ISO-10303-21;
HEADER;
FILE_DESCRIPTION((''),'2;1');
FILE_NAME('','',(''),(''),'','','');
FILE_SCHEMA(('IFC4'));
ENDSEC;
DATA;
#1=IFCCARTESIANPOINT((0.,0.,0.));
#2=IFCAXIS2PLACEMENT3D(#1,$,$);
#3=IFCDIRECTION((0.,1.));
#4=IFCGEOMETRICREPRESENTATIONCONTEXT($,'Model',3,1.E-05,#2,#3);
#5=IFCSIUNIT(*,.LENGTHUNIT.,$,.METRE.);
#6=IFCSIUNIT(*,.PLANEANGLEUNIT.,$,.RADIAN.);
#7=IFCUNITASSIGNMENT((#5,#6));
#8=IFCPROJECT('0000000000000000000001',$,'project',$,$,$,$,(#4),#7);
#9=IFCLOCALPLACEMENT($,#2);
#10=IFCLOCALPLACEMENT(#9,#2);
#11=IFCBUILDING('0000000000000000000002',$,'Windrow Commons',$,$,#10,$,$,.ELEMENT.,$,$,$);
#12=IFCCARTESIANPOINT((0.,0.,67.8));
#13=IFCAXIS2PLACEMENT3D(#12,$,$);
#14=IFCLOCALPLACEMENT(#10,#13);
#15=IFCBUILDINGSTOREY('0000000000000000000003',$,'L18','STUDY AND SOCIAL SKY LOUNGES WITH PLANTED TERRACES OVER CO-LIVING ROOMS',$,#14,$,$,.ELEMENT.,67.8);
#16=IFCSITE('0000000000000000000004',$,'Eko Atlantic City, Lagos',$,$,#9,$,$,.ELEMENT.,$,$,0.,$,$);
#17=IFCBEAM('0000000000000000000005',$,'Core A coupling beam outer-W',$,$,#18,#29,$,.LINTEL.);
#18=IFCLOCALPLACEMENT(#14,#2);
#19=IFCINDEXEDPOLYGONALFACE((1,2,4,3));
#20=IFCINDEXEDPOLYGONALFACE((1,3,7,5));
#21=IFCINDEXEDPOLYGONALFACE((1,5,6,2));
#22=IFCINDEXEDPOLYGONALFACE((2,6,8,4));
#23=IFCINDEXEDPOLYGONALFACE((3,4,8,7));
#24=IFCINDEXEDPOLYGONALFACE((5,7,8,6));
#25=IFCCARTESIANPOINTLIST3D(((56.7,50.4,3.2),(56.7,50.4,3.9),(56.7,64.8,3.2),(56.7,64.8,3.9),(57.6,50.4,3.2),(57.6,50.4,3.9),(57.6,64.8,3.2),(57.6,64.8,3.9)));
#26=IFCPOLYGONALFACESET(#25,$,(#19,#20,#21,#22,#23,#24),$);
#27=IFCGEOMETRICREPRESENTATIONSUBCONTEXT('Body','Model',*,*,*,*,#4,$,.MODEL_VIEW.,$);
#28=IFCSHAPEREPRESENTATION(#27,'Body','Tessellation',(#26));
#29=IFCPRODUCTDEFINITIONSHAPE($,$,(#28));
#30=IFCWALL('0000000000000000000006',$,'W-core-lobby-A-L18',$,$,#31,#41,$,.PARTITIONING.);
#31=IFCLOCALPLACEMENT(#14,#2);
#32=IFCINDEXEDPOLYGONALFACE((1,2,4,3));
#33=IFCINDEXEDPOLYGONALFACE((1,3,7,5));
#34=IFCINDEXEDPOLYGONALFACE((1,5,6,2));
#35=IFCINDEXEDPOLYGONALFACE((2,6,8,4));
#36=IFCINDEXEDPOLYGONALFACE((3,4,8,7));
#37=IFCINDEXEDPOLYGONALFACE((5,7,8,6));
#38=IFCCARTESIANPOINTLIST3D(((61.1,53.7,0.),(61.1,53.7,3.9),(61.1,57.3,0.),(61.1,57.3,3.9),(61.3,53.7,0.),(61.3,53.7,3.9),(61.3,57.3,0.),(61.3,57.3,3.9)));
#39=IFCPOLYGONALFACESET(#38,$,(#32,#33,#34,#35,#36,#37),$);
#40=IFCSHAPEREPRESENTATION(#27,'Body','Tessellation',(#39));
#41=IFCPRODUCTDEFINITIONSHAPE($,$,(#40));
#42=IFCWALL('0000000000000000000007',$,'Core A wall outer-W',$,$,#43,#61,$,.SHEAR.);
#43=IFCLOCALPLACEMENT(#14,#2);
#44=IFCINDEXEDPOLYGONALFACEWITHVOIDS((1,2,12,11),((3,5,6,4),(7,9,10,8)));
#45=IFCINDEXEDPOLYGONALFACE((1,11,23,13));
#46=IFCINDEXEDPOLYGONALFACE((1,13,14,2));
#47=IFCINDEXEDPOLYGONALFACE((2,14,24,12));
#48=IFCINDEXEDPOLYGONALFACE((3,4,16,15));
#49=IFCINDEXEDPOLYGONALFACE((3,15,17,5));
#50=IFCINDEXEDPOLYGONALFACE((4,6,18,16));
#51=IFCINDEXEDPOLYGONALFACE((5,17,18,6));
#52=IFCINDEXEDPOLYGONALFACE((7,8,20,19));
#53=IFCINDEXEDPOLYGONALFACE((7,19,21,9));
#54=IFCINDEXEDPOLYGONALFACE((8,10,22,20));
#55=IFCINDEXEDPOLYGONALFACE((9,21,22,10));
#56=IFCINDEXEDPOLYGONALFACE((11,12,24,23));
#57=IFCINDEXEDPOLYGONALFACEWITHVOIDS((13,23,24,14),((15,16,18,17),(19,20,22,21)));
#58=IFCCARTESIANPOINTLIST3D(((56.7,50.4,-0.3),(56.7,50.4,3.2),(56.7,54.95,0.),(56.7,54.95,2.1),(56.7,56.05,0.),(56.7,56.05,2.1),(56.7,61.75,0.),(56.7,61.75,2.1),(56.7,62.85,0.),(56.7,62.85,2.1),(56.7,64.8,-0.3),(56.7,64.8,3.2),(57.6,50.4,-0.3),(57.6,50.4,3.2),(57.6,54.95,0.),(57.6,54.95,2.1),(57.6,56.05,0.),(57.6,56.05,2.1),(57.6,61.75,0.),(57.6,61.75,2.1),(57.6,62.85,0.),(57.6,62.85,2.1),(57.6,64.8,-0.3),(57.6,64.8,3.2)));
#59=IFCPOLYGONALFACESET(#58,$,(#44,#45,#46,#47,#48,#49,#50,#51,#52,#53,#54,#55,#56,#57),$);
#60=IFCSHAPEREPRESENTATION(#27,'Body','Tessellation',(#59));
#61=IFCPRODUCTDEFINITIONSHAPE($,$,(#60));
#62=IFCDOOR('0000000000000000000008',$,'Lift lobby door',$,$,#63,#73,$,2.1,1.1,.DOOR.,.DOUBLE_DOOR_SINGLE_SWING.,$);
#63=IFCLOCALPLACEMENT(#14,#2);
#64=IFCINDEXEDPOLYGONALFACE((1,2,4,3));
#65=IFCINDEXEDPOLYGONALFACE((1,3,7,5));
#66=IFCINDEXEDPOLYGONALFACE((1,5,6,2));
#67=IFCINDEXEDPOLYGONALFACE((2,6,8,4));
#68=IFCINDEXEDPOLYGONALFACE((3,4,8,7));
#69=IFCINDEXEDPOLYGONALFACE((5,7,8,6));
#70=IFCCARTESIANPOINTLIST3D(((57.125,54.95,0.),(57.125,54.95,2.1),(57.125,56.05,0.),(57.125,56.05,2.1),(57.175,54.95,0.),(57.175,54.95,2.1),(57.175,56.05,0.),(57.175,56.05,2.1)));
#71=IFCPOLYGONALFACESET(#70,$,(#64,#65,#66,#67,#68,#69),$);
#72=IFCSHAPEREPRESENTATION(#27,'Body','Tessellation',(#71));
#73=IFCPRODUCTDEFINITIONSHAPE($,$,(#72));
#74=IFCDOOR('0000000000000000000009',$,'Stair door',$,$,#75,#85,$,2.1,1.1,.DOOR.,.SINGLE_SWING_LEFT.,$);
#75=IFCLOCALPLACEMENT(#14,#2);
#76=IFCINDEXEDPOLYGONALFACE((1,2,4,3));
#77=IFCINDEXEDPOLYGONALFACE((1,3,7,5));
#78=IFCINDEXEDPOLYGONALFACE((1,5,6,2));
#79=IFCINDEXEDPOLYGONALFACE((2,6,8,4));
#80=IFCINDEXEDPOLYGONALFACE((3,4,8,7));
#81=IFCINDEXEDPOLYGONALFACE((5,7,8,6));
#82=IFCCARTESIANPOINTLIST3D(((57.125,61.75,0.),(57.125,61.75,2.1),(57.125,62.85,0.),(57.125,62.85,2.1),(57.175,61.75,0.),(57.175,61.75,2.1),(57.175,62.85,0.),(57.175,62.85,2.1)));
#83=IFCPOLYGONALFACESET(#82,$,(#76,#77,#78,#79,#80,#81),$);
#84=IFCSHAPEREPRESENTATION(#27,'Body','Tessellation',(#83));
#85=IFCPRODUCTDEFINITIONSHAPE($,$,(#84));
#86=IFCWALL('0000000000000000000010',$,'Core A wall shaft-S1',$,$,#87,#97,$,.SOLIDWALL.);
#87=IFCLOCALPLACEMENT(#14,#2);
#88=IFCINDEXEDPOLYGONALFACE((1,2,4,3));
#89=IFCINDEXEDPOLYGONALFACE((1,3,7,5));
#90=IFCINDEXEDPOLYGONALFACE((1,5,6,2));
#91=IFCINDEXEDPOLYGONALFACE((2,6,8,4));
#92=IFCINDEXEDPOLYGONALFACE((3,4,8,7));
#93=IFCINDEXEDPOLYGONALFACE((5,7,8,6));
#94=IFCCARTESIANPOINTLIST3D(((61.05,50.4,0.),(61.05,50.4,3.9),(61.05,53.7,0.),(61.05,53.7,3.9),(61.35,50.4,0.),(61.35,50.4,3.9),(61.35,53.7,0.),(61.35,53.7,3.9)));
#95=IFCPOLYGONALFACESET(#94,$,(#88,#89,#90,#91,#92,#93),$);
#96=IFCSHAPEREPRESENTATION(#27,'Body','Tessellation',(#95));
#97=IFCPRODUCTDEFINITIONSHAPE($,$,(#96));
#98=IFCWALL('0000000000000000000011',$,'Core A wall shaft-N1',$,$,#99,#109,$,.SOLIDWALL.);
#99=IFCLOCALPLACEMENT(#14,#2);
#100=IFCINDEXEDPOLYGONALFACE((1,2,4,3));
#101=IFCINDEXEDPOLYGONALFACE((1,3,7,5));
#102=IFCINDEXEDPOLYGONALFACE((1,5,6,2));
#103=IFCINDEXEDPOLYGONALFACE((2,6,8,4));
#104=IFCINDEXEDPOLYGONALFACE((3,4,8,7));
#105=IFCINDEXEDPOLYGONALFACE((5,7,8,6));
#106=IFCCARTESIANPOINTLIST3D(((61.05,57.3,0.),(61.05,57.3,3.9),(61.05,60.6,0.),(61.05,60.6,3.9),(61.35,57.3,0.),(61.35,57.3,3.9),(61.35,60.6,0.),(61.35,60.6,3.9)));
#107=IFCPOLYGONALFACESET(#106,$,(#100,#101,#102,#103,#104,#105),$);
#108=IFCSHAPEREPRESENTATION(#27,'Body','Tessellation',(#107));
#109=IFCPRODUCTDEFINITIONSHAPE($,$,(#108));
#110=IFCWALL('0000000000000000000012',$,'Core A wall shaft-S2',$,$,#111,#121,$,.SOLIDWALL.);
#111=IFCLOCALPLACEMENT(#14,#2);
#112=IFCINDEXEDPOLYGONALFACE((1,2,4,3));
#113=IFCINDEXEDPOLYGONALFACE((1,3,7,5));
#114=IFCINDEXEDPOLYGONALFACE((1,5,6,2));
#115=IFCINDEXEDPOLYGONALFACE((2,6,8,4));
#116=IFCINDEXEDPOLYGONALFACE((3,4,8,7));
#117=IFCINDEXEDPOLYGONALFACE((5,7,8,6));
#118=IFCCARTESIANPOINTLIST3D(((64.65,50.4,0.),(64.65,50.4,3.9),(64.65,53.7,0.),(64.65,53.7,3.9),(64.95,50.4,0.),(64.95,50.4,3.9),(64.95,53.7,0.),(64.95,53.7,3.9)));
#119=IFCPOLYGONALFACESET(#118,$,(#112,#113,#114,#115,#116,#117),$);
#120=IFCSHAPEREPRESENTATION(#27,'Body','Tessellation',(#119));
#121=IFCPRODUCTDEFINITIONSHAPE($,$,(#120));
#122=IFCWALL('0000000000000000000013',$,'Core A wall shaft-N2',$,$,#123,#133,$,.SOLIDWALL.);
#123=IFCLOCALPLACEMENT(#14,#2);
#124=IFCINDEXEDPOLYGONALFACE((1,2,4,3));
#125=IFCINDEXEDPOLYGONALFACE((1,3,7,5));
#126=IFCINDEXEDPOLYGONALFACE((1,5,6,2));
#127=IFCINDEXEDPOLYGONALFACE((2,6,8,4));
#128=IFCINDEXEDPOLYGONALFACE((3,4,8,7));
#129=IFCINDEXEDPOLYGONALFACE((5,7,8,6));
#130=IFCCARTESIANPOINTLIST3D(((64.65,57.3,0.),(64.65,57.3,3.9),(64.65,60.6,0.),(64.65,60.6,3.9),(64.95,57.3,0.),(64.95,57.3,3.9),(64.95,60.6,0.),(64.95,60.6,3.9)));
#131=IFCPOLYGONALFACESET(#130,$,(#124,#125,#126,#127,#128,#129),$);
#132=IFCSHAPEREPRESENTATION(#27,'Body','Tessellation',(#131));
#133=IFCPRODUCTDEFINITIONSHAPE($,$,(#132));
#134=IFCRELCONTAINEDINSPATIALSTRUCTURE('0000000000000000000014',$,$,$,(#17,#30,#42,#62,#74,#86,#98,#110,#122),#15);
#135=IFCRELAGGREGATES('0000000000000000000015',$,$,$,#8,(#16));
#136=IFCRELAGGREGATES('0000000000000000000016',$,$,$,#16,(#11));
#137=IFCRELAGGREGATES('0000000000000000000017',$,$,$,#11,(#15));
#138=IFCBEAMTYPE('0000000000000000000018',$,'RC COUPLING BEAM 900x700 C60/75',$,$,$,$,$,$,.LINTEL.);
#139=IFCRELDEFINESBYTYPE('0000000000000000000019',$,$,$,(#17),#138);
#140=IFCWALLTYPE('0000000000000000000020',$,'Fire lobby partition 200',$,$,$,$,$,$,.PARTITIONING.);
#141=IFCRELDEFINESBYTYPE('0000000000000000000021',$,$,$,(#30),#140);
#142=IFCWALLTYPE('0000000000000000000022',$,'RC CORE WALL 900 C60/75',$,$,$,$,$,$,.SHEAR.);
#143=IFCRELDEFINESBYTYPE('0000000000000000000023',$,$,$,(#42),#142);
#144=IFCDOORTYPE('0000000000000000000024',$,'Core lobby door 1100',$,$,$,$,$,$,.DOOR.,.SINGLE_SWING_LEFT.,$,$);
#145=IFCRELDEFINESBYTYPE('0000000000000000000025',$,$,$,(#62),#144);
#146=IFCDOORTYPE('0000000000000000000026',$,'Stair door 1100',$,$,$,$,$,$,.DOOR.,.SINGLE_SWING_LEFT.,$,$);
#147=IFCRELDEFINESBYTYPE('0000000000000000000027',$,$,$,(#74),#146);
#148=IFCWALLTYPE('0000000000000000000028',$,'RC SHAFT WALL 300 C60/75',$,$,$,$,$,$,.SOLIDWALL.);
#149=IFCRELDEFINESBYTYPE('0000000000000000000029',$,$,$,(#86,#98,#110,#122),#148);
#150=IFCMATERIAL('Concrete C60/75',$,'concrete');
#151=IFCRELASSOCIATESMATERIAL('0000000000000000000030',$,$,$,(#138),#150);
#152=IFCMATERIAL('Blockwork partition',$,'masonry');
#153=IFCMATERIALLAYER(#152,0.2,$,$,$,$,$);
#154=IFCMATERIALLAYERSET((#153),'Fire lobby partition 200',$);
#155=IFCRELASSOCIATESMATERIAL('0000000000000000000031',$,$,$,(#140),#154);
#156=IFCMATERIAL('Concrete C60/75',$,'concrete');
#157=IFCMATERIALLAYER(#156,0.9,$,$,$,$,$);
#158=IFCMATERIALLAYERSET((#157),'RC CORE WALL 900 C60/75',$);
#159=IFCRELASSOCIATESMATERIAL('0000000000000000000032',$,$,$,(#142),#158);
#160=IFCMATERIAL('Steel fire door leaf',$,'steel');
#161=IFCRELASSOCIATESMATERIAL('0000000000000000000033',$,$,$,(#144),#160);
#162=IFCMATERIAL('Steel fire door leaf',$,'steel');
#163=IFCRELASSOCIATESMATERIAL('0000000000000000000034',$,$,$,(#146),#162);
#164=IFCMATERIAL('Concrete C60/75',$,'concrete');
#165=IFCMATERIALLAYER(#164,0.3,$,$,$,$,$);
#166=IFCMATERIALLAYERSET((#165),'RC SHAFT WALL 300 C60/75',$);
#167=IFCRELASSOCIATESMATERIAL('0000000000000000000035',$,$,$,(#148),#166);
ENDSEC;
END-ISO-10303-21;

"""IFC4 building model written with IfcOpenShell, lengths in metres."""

from ifc_helpers import new_model, si_unit, direction, frame, frame_2d, origin, origin_2d, place, context, subcontext, project, spatial, rectangle, extrude, material, layer, layer_set, material_profile, profile_set, type_object, element, fill, save


model = new_model("IFC4")

# Units and contexts
model_context = context("Model", 3, precision=1e-05, world=origin(), true_north=direction((0.0, 1.0)))
body_context = subcontext(model_context, "Body", "Model", "MODEL_VIEW")
ifc_project = project(units=[si_unit("LENGTHUNIT", "METRE"), si_unit("PLANEANGLEUNIT", "RADIAN")], contexts=[model_context])

# Site, building, storey
site_placement = place(None, origin())
site = spatial("IfcSite", under=ifc_project, at=site_placement, Name="Eko Atlantic City, Lagos", CompositionType="ELEMENT", RefElevation=0.0)
building_placement = place(site_placement, origin())
building = spatial("IfcBuilding", under=site, at=building_placement, Name="Windrow Commons", CompositionType="ELEMENT")
storey_placement = place(building_placement, frame((0.0, 0.0, 67.8)))
storey = spatial("IfcBuildingStorey", under=building, at=storey_placement, Name="L18", Description="STUDY AND SOCIAL SKY LOUNGES WITH PLANTED TERRACES OVER CO-LIVING ROOMS", CompositionType="ELEMENT", Elevation=67.8)

# Beam
ifc_material_1 = material(Name="Concrete C60/75", Category="concrete")
ifc_material_profile = material_profile(ifc_material_1, rectangle(XDim=0.9, YDim=0.7, at=origin_2d()))
ifc_profile_set = profile_set([ifc_material_profile], Name="Concrete C60/75")
beam_type = type_object("IfcBeamType", Name="RC COUPLING BEAM 900x700 C60/75", PredefinedType="LINTEL", material=ifc_profile_set)
beam_placement = place(storey_placement, frame((57.15, 50.4, 3.55), z_axis=(0.0, 1.0, 0.0), x_axis=(-1.0, 0.0, 0.0)))
element("IfcBeam", 1, at=beam_placement, inside=storey, type_object=beam_type, Name="Core A coupling beam outer-W", PredefinedType="LINTEL", context=body_context, shape_type="SweptSolid", body=[
    extrude(rectangle(XDim=0.9, YDim=0.7, at=origin_2d()), origin(), (0.0, 0.0, 1.0), 14.4),
])

# Wall
ifc_material_2 = material(Name="Blockwork partition", Category="masonry")
ifc_layer_1 = layer(ifc_material_2, 0.2)
ifc_layer_set_1 = layer_set([ifc_layer_1], Name="Fire lobby partition 200")
wall_type_1 = type_object("IfcWallType", Name="Fire lobby partition 200", PredefinedType="PARTITIONING", material=ifc_layer_set_1)
wall_1_placement = place(storey_placement, frame((61.2, 53.7, 0.0), z_axis=(0.0, 0.0, 1.0), x_axis=(0.0, 1.0, 0.0)))
element("IfcWall", 2, at=wall_1_placement, inside=storey, type_object=wall_type_1, Name="W-core-lobby-A-L18", PredefinedType="PARTITIONING", context=body_context, shape_type="SweptSolid", body=[
    extrude(rectangle(XDim=3.6, YDim=0.2, at=frame_2d((1.8, 0.0))), origin(), (0.0, 0.0, 1.0), 3.9),
])

# Wall, openings, doors
ifc_material_3 = material(Name="Concrete C60/75", Category="concrete")
ifc_layer_2 = layer(ifc_material_3, 0.9)
ifc_layer_set_2 = layer_set([ifc_layer_2], Name="RC CORE WALL 900 C60/75")
wall_type_2 = type_object("IfcWallType", Name="RC CORE WALL 900 C60/75", PredefinedType="SHEAR", material=ifc_layer_set_2)
wall_2_placement = place(storey_placement, frame((57.15, 50.4, -0.3), z_axis=(0.0, 0.0, 1.0), x_axis=(0.0, 1.0, 0.0)))
wall_2 = element("IfcWall", 3, at=wall_2_placement, inside=storey, type_object=wall_type_2, Name="Core A wall outer-W", PredefinedType="SHEAR", context=body_context, shape_type="SweptSolid", body=[
    extrude(rectangle(XDim=14.4, YDim=0.9, at=frame_2d((7.2, 0.0))), origin(), (0.0, 0.0, 1.0), 3.5),
])
opening_1_placement = place(wall_2_placement, frame((4.55, 0.0, 0.3)))
opening_1 = element("IfcOpeningElement", 4, at=opening_1_placement, cuts=wall_2, PredefinedType="OPENING", context=body_context, shape_type="SweptSolid", body=[
    extrude(rectangle(XDim=1.1, YDim=2.1, at=frame_2d((0.55, 1.05))), frame((0.0, 0.46, 0.0), z_axis=(0.0, -1.0, 0.0), x_axis=(1.0, 0.0, 0.0)), (0.0, 0.0, 1.0), 0.92),
])
opening_2_placement = place(wall_2_placement, frame((11.35, 0.0, 0.3)))
opening_2 = element("IfcOpeningElement", 5, at=opening_2_placement, cuts=wall_2, PredefinedType="OPENING", context=body_context, shape_type="SweptSolid", body=[
    extrude(rectangle(XDim=1.1, YDim=2.1, at=frame_2d((0.55, 1.05))), frame((0.0, 0.46, 0.0), z_axis=(0.0, -1.0, 0.0), x_axis=(1.0, 0.0, 0.0)), (0.0, 0.0, 1.0), 0.92),
])
ifc_material_4 = material(Name="Steel fire door leaf", Category="steel")
door_type_1 = type_object("IfcDoorType", Name="Core lobby door 1100", OperationType="SINGLE_SWING_LEFT", PredefinedType="DOOR", material=ifc_material_4)
door_1_placement = place(opening_1_placement, origin())
door_1 = element("IfcDoor", 6, at=door_1_placement, inside=storey, type_object=door_type_1, Name="Lift lobby door", OperationType="DOUBLE_DOOR_SINGLE_SWING", OverallHeight=2.1, OverallWidth=1.1, PredefinedType="DOOR", context=body_context, shape_type="SweptSolid", body=[
    extrude(rectangle(XDim=1.1, YDim=2.1, at=frame_2d((0.55, 1.05))), frame((0.0, 0.025, 0.0), z_axis=(0.0, -1.0, 0.0), x_axis=(1.0, 0.0, 0.0)), (0.0, 0.0, 1.0), 0.05),
])
fill(opening_1, door_1)
ifc_material_5 = material(Name="Steel fire door leaf", Category="steel")
door_type_2 = type_object("IfcDoorType", Name="Stair door 1100", OperationType="SINGLE_SWING_LEFT", PredefinedType="DOOR", material=ifc_material_5)
door_2_placement = place(opening_2_placement, origin())
door_2 = element("IfcDoor", 7, at=door_2_placement, inside=storey, type_object=door_type_2, Name="Stair door", OperationType="SINGLE_SWING_LEFT", OverallHeight=2.1, OverallWidth=1.1, PredefinedType="DOOR", context=body_context, shape_type="SweptSolid", body=[
    extrude(rectangle(XDim=1.1, YDim=2.1, at=frame_2d((0.55, 1.05))), frame((0.0, 0.025, 0.0), z_axis=(0.0, -1.0, 0.0), x_axis=(1.0, 0.0, 0.0)), (0.0, 0.0, 1.0), 0.05),
])
fill(opening_2, door_2)

# Walls
ifc_material_6 = material(Name="Concrete C60/75", Category="concrete")
ifc_layer_3 = layer(ifc_material_6, 0.3)
ifc_layer_set_3 = layer_set([ifc_layer_3], Name="RC SHAFT WALL 300 C60/75")
wall_type_3 = type_object("IfcWallType", Name="RC SHAFT WALL 300 C60/75", PredefinedType="SOLIDWALL", material=ifc_layer_set_3)
for number, where, z_axis, x_axis, name in (
    (8, (61.2, 50.4, 0.0), (0.0, 0.0, 1.0), (0.0, 1.0, 0.0), "Core A wall shaft-S1"),
    (9, (61.2, 57.3, 0.0), (0.0, 0.0, 1.0), (0.0, 1.0, 0.0), "Core A wall shaft-N1"),
    (10, (64.8, 50.4, 0.0), (0.0, 0.0, 1.0), (0.0, 1.0, 0.0), "Core A wall shaft-S2"),
    (11, (64.8, 57.3, 0.0), (0.0, 0.0, 1.0), (0.0, 1.0, 0.0), "Core A wall shaft-N2"),
):
    element("IfcWall", number, at=place(storey_placement, frame(where, z_axis=z_axis, x_axis=x_axis)), inside=storey, type_object=wall_type_3, Name=name, PredefinedType="SOLIDWALL", context=body_context, shape_type="SweptSolid", body=[
        extrude(rectangle(XDim=3.3, YDim=0.3, at=frame_2d((1.65, 0.0))), origin(), (0.0, 0.0, 1.0), 3.9),
    ])

save(model, "model.ifc")
